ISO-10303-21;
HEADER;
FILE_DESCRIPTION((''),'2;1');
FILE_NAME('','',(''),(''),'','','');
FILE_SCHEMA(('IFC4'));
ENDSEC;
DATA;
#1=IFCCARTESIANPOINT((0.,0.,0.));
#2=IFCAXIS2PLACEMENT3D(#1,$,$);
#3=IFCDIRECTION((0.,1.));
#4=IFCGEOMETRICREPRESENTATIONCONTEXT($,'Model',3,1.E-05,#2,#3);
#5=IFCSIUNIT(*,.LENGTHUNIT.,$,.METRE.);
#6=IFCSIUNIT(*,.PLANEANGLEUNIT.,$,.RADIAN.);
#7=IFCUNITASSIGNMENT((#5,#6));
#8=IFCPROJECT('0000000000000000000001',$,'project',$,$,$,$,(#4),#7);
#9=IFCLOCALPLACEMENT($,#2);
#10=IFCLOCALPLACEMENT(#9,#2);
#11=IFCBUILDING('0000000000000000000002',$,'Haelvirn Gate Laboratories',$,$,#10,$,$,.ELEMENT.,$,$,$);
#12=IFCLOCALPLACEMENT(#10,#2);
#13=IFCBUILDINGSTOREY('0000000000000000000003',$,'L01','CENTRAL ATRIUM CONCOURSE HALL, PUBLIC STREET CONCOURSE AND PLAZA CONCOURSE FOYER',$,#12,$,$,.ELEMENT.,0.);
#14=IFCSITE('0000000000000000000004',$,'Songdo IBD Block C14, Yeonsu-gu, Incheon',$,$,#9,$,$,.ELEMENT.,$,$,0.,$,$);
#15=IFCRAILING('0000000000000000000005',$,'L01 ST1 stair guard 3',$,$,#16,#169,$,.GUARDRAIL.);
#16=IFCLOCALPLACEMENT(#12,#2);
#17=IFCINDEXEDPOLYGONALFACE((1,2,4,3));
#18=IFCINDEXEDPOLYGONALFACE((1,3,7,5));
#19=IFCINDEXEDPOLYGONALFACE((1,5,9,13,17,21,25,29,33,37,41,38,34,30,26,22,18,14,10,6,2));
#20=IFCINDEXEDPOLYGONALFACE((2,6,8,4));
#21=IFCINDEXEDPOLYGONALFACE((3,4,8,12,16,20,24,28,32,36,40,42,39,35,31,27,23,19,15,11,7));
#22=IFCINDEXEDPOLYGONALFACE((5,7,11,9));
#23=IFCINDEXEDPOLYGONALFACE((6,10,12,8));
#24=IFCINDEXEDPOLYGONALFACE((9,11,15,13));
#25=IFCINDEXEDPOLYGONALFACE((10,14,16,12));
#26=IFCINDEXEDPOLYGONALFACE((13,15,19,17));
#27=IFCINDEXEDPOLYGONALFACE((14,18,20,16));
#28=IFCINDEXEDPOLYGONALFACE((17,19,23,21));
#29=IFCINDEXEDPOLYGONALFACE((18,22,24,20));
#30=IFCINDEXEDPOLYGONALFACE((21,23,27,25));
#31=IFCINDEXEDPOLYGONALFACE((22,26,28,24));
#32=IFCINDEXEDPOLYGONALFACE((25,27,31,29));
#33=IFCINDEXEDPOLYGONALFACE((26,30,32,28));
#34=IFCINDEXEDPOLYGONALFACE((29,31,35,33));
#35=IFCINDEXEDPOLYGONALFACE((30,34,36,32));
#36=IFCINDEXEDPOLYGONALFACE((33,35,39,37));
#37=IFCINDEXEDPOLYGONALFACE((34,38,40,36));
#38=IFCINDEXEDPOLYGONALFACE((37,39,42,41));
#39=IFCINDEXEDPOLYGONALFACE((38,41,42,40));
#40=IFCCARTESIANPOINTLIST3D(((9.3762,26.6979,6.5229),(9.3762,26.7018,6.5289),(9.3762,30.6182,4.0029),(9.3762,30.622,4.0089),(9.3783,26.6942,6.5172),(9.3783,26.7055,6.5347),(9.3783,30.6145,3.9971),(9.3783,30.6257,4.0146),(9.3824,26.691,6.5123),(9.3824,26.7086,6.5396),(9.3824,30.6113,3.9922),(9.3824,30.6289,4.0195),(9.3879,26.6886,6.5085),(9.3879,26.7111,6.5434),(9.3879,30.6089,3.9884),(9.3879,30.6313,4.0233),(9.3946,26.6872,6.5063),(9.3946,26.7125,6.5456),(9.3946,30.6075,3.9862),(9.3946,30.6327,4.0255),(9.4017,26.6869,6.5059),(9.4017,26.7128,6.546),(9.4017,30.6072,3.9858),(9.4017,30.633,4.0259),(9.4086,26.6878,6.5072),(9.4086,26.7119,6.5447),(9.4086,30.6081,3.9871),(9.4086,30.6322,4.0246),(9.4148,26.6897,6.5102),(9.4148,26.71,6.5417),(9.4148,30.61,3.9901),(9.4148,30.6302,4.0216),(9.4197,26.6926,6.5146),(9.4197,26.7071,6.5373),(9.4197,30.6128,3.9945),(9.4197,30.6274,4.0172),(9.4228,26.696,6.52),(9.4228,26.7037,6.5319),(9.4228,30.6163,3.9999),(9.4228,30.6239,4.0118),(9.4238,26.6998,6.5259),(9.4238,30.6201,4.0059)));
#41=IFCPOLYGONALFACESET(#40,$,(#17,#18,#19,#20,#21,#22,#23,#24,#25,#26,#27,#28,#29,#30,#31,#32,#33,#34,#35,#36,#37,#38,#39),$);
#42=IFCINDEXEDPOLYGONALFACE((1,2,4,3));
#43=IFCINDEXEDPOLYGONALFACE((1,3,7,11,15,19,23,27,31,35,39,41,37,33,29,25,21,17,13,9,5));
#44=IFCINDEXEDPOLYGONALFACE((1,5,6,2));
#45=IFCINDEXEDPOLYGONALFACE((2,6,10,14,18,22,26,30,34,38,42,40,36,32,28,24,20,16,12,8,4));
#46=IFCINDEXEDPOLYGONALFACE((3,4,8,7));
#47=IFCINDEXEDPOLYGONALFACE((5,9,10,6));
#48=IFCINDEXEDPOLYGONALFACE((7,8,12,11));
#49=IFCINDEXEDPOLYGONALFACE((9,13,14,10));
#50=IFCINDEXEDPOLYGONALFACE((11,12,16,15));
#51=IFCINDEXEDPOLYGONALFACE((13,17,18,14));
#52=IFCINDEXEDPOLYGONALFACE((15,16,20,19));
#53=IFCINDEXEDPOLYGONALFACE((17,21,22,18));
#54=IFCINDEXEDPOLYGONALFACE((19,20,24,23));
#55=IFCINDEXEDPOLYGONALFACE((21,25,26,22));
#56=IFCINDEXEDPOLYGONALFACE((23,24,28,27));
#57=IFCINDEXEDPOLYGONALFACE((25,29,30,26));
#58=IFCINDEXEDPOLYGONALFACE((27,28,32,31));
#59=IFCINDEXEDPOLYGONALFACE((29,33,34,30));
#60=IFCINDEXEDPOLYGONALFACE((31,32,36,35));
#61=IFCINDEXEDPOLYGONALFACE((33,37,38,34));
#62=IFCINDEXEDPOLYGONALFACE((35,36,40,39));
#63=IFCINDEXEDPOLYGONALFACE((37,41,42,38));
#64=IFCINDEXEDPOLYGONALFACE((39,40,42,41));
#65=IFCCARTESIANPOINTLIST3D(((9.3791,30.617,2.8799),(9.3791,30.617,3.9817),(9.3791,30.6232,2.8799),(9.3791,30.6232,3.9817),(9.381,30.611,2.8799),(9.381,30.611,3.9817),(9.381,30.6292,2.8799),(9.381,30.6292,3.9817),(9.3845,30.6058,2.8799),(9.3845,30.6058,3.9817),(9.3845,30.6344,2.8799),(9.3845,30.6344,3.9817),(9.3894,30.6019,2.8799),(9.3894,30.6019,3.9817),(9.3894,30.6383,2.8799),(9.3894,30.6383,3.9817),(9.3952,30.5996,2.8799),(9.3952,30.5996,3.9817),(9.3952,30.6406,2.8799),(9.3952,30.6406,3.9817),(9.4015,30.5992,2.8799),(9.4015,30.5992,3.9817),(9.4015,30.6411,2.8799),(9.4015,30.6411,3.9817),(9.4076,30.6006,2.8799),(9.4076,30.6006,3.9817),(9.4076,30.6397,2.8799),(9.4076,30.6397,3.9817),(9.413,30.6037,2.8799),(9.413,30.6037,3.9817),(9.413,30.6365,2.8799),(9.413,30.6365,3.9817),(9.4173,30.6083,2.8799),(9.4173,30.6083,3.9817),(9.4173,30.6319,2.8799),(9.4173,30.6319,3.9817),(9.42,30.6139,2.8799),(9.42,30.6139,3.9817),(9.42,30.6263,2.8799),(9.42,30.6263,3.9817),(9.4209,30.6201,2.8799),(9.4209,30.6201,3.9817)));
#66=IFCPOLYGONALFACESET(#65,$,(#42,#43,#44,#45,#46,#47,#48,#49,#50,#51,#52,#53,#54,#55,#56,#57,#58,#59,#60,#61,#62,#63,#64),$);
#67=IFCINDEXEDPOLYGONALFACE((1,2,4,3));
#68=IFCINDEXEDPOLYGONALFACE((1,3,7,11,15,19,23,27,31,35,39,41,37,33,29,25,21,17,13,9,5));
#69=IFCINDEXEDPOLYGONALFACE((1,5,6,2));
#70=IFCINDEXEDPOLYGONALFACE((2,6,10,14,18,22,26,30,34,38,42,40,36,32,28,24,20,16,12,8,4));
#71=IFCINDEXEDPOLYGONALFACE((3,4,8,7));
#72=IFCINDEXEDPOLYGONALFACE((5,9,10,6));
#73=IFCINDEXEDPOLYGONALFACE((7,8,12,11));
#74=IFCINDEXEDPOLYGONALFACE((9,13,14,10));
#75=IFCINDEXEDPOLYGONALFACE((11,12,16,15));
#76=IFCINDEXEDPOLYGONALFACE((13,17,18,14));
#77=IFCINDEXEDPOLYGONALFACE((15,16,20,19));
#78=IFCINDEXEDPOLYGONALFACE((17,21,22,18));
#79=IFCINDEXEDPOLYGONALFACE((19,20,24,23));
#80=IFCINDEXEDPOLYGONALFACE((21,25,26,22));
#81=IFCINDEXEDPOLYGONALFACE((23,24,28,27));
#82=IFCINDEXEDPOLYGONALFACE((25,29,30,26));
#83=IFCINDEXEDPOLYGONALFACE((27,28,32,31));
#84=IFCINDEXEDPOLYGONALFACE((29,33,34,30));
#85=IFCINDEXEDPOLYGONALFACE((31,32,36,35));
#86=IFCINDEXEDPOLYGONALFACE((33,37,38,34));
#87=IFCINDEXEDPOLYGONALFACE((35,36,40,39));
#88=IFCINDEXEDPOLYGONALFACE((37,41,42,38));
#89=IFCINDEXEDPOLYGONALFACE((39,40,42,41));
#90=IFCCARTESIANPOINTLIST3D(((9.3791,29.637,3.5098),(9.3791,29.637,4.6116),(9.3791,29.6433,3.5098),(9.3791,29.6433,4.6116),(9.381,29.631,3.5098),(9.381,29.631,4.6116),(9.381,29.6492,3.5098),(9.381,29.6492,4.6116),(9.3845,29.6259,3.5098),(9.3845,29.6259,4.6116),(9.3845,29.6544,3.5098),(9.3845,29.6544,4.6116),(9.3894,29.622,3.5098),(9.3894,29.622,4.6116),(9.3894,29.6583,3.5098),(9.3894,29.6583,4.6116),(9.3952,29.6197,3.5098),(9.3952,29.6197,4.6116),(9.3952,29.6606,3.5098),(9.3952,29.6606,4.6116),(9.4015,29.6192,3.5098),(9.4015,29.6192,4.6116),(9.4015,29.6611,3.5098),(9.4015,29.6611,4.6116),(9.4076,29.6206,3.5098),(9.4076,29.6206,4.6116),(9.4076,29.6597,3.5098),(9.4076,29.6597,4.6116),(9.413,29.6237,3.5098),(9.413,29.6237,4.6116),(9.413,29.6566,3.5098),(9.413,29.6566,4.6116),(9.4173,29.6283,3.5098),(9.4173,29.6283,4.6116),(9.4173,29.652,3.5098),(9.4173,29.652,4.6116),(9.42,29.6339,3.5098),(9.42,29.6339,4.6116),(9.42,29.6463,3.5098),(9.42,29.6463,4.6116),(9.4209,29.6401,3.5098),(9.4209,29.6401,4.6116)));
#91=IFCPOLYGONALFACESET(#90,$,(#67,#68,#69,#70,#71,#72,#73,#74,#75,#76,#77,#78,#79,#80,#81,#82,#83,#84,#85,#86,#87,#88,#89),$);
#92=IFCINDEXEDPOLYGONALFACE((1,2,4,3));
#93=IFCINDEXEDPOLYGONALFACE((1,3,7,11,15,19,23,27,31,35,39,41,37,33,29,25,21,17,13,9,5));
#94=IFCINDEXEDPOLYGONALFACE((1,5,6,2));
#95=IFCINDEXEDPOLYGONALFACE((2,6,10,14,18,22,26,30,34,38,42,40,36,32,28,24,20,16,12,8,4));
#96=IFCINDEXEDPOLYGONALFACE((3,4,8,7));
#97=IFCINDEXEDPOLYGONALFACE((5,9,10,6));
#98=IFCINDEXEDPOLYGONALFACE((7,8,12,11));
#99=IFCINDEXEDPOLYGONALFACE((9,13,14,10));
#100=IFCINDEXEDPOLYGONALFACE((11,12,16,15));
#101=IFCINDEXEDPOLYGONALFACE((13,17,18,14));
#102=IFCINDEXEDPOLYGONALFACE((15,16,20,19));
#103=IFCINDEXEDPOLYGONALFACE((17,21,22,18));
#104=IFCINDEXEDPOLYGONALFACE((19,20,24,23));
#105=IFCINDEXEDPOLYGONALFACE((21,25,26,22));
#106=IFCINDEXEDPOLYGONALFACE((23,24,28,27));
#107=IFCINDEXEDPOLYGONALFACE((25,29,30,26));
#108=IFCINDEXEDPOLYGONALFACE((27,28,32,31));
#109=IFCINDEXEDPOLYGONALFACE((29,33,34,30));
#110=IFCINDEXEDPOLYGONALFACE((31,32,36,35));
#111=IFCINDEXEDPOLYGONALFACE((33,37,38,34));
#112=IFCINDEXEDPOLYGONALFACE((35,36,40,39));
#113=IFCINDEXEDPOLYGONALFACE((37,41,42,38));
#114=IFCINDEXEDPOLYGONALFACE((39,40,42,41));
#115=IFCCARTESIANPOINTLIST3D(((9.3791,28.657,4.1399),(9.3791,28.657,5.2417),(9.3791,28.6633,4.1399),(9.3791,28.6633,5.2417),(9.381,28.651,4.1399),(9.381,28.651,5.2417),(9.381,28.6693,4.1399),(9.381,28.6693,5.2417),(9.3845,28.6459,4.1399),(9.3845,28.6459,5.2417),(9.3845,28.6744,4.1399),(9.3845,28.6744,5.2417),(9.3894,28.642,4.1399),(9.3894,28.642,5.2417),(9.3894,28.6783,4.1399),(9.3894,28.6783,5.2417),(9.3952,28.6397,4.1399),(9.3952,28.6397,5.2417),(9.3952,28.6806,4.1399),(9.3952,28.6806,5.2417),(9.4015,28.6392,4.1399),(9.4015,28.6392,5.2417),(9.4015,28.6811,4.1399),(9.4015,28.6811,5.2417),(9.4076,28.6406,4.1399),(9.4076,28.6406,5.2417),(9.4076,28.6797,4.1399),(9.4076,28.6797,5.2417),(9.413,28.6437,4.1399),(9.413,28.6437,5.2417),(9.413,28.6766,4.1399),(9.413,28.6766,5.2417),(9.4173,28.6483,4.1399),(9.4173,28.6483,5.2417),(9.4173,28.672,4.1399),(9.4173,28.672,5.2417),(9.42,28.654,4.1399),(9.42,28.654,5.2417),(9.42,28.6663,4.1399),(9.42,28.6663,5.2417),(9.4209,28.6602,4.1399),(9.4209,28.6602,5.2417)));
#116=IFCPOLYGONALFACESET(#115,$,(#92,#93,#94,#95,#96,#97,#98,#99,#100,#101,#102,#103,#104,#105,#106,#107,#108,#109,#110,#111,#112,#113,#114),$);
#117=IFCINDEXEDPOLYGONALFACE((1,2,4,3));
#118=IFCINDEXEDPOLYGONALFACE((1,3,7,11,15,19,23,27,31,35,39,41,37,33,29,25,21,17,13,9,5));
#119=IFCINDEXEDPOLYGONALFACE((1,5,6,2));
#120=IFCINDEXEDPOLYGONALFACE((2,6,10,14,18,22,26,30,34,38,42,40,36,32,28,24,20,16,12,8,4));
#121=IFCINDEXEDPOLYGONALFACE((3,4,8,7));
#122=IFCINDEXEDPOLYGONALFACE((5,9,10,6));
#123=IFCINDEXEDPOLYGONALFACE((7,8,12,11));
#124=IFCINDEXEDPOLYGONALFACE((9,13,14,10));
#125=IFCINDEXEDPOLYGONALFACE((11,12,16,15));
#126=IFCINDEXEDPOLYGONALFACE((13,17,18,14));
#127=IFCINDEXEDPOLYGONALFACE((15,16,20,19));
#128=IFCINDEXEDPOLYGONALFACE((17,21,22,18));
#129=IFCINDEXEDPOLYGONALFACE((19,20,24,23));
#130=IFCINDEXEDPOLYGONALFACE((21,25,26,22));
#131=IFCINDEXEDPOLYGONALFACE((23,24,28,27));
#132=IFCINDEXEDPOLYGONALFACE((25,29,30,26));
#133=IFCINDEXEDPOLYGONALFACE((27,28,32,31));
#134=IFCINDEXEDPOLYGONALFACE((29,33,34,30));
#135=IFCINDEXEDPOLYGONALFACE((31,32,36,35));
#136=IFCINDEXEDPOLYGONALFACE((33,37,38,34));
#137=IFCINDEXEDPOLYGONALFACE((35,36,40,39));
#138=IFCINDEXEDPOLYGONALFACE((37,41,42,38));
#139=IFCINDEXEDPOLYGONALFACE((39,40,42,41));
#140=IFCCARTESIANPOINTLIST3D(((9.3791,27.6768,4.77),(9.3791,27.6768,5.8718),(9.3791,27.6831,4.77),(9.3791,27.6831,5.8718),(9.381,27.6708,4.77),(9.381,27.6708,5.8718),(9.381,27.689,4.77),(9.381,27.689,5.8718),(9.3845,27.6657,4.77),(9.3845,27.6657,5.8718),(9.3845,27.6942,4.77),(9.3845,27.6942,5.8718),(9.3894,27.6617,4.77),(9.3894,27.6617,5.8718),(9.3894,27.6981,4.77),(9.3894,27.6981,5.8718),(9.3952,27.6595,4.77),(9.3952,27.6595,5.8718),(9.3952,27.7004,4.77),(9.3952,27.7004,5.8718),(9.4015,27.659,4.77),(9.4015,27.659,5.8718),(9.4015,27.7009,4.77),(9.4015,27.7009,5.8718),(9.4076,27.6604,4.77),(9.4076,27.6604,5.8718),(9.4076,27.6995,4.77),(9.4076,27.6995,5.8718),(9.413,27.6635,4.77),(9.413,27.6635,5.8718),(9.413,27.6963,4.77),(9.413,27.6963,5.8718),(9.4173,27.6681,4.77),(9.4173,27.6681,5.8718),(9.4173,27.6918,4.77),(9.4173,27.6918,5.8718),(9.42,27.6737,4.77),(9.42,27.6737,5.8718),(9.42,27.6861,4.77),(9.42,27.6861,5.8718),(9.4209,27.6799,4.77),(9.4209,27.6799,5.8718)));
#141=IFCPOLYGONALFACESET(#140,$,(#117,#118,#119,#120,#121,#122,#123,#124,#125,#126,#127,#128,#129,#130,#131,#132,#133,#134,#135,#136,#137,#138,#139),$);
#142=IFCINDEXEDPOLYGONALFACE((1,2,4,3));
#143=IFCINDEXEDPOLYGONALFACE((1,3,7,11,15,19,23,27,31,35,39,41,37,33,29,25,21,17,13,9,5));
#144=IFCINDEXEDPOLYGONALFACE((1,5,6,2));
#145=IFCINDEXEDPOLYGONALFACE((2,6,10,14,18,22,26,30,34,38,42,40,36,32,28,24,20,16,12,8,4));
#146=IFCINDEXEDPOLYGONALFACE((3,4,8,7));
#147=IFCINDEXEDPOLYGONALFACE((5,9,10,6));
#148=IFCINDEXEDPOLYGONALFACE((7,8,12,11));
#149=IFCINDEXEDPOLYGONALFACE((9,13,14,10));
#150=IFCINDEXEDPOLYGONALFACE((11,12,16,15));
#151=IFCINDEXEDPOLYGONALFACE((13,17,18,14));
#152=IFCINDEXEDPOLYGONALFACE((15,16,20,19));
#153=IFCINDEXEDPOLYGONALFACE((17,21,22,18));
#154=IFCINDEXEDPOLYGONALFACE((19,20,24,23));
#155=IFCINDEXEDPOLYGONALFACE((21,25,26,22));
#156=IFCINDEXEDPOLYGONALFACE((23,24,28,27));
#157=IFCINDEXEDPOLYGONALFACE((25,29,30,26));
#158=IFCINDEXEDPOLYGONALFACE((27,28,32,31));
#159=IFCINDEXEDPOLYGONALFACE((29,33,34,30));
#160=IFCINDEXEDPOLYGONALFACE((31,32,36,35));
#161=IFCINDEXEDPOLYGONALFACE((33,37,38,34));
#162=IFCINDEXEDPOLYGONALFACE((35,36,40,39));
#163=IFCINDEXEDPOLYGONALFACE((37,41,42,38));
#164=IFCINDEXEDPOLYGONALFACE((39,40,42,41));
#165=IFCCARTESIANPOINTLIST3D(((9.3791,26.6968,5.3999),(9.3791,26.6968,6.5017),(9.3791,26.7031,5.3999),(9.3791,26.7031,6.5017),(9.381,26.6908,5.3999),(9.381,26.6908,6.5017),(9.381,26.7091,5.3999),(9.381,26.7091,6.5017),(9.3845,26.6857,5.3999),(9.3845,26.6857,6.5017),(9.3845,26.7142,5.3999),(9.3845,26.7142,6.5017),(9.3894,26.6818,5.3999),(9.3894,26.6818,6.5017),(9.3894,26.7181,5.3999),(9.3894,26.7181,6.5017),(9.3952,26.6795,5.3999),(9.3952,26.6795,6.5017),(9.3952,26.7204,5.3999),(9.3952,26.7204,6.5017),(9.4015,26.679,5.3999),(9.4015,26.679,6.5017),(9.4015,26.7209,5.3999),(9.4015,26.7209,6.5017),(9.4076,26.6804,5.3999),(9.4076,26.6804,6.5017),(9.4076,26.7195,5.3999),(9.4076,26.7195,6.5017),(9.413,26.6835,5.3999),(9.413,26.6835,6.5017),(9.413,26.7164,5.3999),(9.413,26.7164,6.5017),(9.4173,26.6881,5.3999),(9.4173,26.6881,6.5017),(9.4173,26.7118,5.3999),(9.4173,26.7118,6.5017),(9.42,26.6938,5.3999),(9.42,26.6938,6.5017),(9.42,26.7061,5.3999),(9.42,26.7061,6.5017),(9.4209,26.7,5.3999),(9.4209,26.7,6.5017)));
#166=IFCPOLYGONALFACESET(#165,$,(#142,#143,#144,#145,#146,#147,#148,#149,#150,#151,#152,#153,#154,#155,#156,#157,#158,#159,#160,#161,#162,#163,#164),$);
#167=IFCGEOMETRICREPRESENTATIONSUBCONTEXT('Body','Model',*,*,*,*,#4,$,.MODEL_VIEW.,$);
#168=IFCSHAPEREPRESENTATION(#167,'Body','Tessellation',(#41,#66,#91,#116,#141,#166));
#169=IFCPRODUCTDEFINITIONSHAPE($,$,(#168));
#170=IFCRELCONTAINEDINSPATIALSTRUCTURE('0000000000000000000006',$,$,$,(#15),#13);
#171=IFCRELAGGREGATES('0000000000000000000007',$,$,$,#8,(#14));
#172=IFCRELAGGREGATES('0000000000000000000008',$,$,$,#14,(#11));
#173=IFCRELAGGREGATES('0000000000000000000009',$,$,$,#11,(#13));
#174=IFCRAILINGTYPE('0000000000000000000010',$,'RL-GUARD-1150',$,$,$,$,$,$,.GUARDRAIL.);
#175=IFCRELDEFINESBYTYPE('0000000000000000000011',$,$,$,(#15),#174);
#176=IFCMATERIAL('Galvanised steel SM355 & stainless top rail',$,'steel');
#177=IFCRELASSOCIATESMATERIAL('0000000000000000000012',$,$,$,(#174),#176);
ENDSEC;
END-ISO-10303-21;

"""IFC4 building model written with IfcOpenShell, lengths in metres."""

from ifc_helpers import new_model, si_unit, direction, frame, origin, origin_2d, place, context, subcontext, project, spatial, circle, extrude, source, transform, mapped, material, type_object, element, save


model = new_model("IFC4")

# Units and contexts
model_context = context("Model", 3, precision=1e-05, world=origin(), true_north=direction((0.0, 1.0)))
body_context = subcontext(model_context, "Body", "Model", "MODEL_VIEW")
ifc_project = project(units=[si_unit("LENGTHUNIT", "METRE"), si_unit("PLANEANGLEUNIT", "RADIAN")], contexts=[model_context])

# Site, building, storey
site_placement = place(None, origin())
site = spatial("IfcSite", under=ifc_project, at=site_placement, Name="Songdo IBD Block C14, Yeonsu-gu, Incheon", CompositionType="ELEMENT", RefElevation=0.0)
building_placement = place(site_placement, origin())
building = spatial("IfcBuilding", under=site, at=building_placement, Name="Haelvirn Gate Laboratories", CompositionType="ELEMENT")
storey_placement = place(building_placement, origin())
storey = spatial("IfcBuildingStorey", under=building, at=storey_placement, Name="L01", Description="CENTRAL ATRIUM CONCOURSE HALL, PUBLIC STREET CONCOURSE AND PLAZA CONCOURSE FOYER", CompositionType="ELEMENT", Elevation=0.0)

# Railing
ifc_material_1 = material(Name="Galvanised steel SM355 & stainless top rail", Category="steel")
railing_type_1 = type_object("IfcRailingType", Name="RL-GUARD-1150", PredefinedType="GUARDRAIL", material=ifc_material_1)
shared_shape_1 = source(origin(), body_context, "Body", "SweptSolid", [
    extrude(circle(Radius=0.0239, at=origin_2d()), frame((0.0, 0.0, 1.126), z_axis=(0.0, -0.841187, 0.540744), x_axis=(1.0, 0.0, 0.0)), (0.0, 0.0, 1.0), 4.6604),
    extrude(circle(Radius=0.021, at=origin_2d()), origin(), (0.0, 0.0, 1.0), 1.1018),
    extrude(circle(Radius=0.021, at=origin_2d()), frame((0.0, -0.98, 0.6299)), (0.0, 0.0, 1.0), 1.1018),
    extrude(circle(Radius=0.021, at=origin_2d()), frame((0.0, -1.96, 1.26)), (0.0, 0.0, 1.0), 1.1018),
    extrude(circle(Radius=0.021, at=origin_2d()), frame((0.0, -2.9402, 1.8901)), (0.0, 0.0, 1.0), 1.1018),
    extrude(circle(Radius=0.021, at=origin_2d()), frame((0.0, -3.9202, 2.52)), (0.0, 0.0, 1.0), 1.1018),
])
railing_1_placement = place(storey_placement, frame((9.3999, 30.6201, 2.8799)))
element("IfcRailing", 1, at=railing_1_placement, inside=storey, type_object=railing_type_1, Name="L01 ST1 stair guard 3", PredefinedType="GUARDRAIL", context=body_context, shape_type="MappedRepresentation", body=[
    mapped(shared_shape_1, transform((0.0, 0.0, 0.0), scale=1.0)),
])

save(model, "model.ifc")
